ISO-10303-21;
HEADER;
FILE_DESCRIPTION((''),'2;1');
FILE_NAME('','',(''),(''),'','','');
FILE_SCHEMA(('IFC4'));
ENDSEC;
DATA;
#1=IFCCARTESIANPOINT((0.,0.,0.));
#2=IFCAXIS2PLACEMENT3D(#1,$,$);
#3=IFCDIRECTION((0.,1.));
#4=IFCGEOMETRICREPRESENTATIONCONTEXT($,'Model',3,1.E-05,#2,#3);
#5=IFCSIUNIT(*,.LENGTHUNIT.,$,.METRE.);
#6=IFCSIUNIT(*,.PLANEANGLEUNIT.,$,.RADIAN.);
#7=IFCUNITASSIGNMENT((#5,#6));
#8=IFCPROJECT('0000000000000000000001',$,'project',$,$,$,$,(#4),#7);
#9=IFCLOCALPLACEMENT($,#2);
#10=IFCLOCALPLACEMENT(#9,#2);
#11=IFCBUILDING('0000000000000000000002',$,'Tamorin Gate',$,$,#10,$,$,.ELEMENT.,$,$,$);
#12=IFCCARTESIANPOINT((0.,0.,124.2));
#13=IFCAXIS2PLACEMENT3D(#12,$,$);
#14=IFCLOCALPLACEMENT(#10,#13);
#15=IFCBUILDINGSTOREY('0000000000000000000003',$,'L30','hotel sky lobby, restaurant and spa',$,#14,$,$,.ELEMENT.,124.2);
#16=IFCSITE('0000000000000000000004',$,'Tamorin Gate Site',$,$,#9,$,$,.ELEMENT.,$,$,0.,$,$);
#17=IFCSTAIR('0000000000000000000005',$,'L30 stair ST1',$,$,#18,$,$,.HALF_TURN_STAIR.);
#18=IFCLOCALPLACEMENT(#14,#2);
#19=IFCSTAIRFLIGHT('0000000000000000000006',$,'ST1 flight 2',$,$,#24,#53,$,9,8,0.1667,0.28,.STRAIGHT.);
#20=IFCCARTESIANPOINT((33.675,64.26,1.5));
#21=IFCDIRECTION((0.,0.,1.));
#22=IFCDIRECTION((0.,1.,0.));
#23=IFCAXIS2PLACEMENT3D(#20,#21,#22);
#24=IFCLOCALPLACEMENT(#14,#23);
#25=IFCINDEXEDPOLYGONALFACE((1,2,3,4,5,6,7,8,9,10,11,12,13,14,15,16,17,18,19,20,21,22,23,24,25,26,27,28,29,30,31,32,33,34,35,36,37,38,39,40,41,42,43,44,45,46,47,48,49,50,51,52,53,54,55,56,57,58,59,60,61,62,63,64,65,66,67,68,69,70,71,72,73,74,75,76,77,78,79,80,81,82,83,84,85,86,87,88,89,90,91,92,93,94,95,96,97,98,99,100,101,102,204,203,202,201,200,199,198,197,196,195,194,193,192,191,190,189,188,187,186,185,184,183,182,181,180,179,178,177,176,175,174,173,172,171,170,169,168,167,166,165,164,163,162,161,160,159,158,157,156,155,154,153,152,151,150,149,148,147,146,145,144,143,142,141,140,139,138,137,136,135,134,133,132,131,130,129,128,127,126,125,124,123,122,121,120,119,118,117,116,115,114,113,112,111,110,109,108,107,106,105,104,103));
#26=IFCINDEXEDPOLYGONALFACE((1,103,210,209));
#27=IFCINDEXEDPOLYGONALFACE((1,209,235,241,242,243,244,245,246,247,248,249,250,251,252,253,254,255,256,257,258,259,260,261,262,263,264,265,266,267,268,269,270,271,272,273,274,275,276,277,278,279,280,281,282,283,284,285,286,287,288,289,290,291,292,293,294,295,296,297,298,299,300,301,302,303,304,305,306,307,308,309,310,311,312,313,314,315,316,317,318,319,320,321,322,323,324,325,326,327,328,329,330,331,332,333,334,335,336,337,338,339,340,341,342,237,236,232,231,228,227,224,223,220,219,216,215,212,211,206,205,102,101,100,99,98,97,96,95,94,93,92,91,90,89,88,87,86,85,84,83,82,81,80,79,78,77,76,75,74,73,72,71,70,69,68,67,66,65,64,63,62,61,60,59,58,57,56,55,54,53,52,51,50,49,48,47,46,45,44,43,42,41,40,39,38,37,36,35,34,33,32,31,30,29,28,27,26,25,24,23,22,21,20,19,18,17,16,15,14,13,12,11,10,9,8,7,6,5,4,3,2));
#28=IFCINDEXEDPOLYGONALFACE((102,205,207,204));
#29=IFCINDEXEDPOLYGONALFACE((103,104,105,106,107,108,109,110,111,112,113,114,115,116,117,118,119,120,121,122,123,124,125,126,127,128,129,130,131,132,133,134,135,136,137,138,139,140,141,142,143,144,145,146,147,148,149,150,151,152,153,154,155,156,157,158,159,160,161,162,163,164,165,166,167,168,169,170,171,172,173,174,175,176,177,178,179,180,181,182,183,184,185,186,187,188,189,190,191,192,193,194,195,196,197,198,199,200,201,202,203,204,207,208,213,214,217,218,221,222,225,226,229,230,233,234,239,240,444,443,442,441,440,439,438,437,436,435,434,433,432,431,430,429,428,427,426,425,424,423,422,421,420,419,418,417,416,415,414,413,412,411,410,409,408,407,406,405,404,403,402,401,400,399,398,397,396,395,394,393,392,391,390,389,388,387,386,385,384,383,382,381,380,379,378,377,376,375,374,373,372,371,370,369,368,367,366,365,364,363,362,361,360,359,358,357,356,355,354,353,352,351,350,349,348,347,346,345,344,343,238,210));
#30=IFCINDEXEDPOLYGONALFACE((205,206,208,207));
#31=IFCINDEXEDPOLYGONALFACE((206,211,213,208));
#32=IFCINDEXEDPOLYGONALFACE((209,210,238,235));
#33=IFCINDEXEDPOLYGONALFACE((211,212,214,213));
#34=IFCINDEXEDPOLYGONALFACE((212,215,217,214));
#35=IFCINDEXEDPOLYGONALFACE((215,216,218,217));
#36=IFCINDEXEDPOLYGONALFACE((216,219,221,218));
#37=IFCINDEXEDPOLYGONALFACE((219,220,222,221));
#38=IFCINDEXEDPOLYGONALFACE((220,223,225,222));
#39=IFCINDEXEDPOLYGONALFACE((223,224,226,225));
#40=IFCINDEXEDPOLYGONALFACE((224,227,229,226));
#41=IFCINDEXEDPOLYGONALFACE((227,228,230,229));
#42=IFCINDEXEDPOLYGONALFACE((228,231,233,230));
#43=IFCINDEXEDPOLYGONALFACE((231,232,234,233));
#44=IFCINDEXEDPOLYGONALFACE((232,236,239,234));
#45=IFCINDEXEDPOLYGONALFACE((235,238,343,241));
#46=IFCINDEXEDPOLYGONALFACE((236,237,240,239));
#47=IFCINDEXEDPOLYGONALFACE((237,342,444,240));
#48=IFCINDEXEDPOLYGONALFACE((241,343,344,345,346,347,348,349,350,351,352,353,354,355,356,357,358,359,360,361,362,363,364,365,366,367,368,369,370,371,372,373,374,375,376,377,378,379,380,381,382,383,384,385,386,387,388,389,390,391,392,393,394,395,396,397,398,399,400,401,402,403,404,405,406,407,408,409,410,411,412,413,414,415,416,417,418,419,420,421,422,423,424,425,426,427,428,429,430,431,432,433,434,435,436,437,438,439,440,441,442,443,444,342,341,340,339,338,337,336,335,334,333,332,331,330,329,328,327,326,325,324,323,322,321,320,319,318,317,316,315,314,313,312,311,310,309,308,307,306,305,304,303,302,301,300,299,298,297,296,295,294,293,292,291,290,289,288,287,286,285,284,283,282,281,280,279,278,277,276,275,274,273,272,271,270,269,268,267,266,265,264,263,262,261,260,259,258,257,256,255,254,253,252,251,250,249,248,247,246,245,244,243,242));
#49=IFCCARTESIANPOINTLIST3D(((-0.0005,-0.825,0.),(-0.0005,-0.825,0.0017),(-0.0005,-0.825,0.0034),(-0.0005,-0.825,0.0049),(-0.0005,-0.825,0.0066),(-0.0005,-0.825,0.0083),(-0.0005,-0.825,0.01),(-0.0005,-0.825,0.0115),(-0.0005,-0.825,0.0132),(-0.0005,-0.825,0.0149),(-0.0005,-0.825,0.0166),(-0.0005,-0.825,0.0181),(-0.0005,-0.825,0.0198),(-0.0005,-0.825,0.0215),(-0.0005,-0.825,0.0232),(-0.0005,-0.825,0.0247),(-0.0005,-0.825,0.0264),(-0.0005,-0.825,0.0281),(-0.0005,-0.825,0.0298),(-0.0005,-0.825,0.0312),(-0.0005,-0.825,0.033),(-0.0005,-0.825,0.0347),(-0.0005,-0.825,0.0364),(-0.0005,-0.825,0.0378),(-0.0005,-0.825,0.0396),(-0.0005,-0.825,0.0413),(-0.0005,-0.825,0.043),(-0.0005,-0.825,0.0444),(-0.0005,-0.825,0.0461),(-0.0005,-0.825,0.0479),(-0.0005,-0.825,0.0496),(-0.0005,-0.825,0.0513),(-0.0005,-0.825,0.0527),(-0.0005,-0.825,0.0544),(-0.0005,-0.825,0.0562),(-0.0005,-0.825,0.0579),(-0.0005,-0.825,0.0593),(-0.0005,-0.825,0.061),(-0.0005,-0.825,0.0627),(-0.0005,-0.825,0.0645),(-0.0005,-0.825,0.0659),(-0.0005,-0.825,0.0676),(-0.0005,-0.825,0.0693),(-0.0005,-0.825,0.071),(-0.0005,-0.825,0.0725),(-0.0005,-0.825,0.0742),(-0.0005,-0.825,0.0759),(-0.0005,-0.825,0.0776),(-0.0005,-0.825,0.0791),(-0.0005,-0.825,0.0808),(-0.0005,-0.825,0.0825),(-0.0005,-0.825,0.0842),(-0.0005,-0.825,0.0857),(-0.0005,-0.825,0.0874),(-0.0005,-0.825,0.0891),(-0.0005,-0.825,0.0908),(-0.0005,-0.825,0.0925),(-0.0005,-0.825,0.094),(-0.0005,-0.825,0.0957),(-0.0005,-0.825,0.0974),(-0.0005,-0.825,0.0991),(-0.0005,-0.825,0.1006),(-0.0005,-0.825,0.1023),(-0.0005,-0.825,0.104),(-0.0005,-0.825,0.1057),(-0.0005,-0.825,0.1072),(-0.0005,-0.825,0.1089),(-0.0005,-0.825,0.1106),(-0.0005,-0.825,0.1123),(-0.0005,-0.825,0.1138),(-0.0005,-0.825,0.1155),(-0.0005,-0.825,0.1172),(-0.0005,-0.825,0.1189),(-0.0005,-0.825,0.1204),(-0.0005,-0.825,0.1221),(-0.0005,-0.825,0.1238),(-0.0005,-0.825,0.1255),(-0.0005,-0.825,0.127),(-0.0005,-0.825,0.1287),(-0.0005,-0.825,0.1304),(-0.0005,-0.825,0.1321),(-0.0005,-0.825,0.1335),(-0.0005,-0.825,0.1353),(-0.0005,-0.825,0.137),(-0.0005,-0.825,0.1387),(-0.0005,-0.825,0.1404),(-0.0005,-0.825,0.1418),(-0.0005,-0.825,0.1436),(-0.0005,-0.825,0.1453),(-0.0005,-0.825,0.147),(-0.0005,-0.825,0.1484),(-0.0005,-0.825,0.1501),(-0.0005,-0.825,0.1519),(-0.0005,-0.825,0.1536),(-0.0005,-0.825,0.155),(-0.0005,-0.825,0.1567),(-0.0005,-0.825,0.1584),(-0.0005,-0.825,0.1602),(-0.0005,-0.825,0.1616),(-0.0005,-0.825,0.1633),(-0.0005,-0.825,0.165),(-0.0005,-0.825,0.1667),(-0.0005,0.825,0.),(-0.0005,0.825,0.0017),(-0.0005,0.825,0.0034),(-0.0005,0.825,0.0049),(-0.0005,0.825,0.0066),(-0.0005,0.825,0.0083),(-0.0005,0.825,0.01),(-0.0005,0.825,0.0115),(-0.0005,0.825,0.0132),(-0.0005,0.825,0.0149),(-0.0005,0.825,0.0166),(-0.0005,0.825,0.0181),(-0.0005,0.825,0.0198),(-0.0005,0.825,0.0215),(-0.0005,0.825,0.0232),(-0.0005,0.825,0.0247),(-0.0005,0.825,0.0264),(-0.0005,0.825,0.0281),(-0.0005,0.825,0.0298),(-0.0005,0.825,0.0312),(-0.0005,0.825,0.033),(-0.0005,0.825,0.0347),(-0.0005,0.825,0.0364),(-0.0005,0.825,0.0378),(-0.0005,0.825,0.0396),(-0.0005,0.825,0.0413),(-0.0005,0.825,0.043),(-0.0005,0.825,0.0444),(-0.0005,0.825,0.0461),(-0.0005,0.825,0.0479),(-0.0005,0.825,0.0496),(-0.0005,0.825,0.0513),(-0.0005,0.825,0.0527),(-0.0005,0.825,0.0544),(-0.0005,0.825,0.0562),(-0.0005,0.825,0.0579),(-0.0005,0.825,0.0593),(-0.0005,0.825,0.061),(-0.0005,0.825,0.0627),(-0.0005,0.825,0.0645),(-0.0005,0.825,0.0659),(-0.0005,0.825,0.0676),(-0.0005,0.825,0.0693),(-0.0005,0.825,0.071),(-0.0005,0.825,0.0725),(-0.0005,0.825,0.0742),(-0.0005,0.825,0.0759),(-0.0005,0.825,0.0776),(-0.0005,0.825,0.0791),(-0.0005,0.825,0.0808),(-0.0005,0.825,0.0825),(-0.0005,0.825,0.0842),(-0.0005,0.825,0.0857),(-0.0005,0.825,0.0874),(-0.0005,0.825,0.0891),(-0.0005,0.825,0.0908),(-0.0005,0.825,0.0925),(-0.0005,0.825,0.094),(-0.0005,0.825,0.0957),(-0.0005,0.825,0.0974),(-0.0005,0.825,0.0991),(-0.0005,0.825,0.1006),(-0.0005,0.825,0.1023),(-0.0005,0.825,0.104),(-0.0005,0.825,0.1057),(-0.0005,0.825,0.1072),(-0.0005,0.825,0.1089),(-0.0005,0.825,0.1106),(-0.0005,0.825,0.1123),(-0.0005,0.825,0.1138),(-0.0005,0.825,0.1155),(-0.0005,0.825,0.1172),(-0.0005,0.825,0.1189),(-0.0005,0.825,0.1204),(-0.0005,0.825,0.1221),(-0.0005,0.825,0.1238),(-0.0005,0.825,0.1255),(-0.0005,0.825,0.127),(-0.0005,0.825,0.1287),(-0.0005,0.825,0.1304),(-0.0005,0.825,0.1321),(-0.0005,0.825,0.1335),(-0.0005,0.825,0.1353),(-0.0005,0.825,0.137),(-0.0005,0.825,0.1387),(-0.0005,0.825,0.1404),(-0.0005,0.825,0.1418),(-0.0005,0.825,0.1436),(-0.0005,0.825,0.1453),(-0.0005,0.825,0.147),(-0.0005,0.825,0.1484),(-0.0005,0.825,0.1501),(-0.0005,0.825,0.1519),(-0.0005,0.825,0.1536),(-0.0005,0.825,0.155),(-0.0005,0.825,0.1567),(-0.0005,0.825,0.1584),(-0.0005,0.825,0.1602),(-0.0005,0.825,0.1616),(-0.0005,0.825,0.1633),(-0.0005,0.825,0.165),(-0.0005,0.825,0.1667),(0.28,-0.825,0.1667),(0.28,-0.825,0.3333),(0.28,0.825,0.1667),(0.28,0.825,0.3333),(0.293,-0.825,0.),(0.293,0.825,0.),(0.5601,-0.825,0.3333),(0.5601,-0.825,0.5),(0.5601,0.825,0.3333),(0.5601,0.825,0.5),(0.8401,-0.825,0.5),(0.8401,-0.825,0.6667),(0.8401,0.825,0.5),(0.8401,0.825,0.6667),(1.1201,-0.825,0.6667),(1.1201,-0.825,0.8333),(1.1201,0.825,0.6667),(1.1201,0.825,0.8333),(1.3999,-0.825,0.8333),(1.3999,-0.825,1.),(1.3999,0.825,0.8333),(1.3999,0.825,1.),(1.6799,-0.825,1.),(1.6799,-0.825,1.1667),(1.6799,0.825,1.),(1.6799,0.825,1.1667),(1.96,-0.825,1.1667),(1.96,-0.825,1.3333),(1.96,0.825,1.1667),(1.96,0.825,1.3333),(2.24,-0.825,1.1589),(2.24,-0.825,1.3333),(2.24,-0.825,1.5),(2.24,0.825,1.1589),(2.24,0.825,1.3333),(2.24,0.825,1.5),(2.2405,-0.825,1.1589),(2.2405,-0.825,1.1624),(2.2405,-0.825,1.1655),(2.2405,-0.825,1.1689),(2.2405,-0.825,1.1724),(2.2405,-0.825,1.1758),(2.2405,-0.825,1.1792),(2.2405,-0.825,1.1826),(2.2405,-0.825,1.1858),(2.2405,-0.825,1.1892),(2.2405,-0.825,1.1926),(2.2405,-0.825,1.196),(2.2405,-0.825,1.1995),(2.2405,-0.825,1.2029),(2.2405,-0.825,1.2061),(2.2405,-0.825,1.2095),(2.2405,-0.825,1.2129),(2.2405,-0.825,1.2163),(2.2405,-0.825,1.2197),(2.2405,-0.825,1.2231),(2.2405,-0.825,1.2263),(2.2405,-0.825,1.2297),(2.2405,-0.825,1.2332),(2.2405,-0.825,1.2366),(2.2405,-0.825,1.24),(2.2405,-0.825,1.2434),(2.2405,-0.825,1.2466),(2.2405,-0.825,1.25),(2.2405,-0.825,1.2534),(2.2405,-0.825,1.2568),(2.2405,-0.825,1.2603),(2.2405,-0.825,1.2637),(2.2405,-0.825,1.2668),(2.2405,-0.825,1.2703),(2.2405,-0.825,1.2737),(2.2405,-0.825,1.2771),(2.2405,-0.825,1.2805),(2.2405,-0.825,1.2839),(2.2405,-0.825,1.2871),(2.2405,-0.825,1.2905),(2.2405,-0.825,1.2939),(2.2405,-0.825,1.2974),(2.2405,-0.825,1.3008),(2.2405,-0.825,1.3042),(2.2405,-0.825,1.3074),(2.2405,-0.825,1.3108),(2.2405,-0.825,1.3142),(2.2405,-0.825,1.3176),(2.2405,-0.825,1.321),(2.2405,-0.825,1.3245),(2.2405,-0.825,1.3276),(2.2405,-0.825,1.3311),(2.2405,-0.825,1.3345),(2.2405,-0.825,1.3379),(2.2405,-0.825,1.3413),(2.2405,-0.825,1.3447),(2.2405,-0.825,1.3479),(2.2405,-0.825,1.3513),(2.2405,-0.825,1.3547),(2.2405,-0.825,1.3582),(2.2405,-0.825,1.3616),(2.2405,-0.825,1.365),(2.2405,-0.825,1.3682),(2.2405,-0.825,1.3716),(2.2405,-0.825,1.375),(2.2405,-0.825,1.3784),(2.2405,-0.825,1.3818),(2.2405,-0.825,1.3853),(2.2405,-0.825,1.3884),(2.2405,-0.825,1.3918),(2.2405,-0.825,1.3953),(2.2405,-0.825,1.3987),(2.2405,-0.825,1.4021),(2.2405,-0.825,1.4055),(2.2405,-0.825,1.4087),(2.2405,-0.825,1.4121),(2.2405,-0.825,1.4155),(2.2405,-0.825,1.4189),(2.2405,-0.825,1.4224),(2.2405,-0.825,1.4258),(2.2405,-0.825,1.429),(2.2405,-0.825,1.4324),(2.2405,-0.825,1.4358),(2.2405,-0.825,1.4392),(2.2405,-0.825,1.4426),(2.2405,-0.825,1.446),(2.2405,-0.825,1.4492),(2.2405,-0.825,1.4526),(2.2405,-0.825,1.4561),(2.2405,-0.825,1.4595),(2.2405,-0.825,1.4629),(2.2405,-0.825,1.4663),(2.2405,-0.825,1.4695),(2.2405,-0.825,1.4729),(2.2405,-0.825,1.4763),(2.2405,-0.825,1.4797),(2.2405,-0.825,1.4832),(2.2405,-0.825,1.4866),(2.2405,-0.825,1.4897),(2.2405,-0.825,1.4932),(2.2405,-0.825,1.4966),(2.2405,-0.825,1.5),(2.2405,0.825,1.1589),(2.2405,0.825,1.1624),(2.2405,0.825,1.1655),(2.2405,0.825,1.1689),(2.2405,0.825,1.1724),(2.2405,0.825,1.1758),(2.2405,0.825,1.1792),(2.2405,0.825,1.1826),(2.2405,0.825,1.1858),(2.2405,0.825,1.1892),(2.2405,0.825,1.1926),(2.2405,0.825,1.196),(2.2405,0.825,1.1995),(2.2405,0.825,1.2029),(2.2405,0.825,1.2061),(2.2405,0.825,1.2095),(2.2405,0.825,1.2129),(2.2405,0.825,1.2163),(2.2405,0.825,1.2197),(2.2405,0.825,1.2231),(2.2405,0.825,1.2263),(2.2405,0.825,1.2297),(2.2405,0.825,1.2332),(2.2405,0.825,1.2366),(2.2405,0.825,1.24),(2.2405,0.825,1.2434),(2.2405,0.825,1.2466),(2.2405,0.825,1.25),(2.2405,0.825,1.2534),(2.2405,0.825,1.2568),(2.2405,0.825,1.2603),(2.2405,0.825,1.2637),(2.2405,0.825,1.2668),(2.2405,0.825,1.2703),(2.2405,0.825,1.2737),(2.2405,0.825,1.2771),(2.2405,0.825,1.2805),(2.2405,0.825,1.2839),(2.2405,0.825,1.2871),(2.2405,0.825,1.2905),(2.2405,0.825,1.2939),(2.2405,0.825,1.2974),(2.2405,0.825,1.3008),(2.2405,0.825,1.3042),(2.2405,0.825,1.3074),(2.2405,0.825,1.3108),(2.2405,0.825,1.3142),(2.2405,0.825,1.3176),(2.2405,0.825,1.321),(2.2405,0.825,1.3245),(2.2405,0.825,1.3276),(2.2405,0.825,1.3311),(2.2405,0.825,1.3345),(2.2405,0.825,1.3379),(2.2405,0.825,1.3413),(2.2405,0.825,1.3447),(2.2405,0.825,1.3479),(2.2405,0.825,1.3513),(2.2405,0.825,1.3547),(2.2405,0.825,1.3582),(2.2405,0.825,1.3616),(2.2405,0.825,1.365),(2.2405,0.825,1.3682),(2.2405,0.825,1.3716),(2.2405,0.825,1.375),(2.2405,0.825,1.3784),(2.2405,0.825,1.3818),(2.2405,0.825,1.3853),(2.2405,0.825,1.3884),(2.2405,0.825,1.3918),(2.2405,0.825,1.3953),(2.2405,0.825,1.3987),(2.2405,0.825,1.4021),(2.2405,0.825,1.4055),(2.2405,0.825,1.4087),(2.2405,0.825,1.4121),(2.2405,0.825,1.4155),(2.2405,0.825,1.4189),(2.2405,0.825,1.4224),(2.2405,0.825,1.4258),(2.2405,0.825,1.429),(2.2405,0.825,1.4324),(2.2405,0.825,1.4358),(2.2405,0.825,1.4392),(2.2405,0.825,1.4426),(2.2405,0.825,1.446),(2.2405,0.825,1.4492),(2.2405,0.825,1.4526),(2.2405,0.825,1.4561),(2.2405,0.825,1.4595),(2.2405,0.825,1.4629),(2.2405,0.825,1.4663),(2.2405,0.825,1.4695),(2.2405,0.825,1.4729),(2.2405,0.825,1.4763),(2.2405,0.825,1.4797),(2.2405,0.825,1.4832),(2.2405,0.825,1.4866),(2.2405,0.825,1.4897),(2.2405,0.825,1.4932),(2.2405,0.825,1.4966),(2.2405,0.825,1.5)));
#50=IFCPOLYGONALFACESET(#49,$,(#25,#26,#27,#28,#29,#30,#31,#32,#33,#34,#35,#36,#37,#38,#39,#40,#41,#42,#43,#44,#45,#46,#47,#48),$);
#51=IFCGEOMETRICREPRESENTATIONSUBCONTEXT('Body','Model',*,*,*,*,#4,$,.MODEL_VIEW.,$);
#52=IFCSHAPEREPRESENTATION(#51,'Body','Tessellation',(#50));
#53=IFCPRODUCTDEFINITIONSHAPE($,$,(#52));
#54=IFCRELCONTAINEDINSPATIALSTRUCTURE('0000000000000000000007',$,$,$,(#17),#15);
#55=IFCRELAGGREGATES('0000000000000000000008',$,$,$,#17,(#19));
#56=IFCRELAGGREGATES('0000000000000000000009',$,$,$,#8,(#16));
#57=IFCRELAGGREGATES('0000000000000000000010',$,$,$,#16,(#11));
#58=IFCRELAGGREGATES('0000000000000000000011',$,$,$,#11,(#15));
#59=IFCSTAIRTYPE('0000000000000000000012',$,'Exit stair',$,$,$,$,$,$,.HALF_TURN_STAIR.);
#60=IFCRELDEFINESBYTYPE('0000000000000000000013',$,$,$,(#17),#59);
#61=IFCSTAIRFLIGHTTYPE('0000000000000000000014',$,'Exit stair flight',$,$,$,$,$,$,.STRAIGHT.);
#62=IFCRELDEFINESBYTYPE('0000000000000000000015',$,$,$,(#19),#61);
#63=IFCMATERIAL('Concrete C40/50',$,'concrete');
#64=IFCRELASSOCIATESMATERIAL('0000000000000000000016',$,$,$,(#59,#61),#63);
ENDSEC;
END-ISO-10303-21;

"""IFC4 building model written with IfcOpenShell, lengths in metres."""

from ifc_helpers import new_model, si_unit, direction, frame, origin, place, context, subcontext, project, spatial, polyline, outline, extrude, material, type_object, element, aggregate, save


model = new_model("IFC4")

# Units and contexts
model_context = context("Model", 3, precision=1e-05, world=origin(), true_north=direction((0.0, 1.0)))
body_context = subcontext(model_context, "Body", "Model", "MODEL_VIEW")
ifc_project = project(units=[si_unit("LENGTHUNIT", "METRE"), si_unit("PLANEANGLEUNIT", "RADIAN")], contexts=[model_context])

# Site, building, storey
site_placement = place(None, origin())
site = spatial("IfcSite", under=ifc_project, at=site_placement, Name="Tamorin Gate Site", CompositionType="ELEMENT", RefElevation=0.0)
building_placement = place(site_placement, origin())
building = spatial("IfcBuilding", under=site, at=building_placement, Name="Tamorin Gate", CompositionType="ELEMENT")
storey_placement = place(building_placement, frame((0.0, 0.0, 124.2)))
storey = spatial("IfcBuildingStorey", under=building, at=storey_placement, Name="L30", Description="hotel sky lobby, restaurant and spa", CompositionType="ELEMENT", Elevation=124.2)

# Shared definitions
ifc_material_1 = material(Name="Concrete C40/50", Category="concrete")

# Stair, stair flight
stair_type = type_object("IfcStairType", Name="Exit stair", PredefinedType="HALF_TURN_STAIR", material=ifc_material_1)
stair_1_placement = place(storey_placement, origin())
stair_1 = element("IfcStair", 1, at=stair_1_placement, inside=storey, type_object=stair_type, Name="L30 stair ST1", PredefinedType="HALF_TURN_STAIR")
stair_flight_type = type_object("IfcStairFlightType", Name="Exit stair flight", PredefinedType="STRAIGHT", material=ifc_material_1)
stair_flight_1_placement = place(storey_placement, frame((33.675, 64.26, 1.5), z_axis=(0.0, 0.0, 1.0), x_axis=(0.0, 1.0, 0.0)))
stair_flight_1 = element("IfcStairFlight", 2, at=stair_flight_1_placement, type_object=stair_flight_type, Name="ST1 flight 2", NumberOfRisers=9, NumberOfTreads=8, PredefinedType="STRAIGHT", RiserHeight=0.1667, TreadLength=0.28, context=body_context, shape_type="SweptSolid", body=[
    extrude(outline(polyline([(-0.0005, 0.0), (-0.0005, 0.0017), (-0.0005, 0.0034), (-0.0005, 0.0049), (-0.0005, 0.0066), (-0.0005, 0.0083), (-0.0005, 0.01), (-0.0005, 0.0115), (-0.0005, 0.0132), (-0.0005, 0.0149), (-0.0005, 0.0166), (-0.0005, 0.0181), (-0.0005, 0.0198), (-0.0005, 0.0215), (-0.0005, 0.0232), (-0.0005, 0.0247), (-0.0005, 0.0264), (-0.0005, 0.0281), (-0.0005, 0.0298), (-0.0005, 0.0312), (-0.0005, 0.033), (-0.0005, 0.0347), (-0.0005, 0.0364), (-0.0005, 0.0378), (-0.0005, 0.0396), (-0.0005, 0.0413), (-0.0005, 0.043), (-0.0005, 0.0444), (-0.0005, 0.0461), (-0.0005, 0.0479), (-0.0005, 0.0496), (-0.0005, 0.0513), (-0.0005, 0.0527), (-0.0005, 0.0544), (-0.0005, 0.0562), (-0.0005, 0.0579), (-0.0005, 0.0593), (-0.0005, 0.061), (-0.0005, 0.0627), (-0.0005, 0.0645), (-0.0005, 0.0659), (-0.0005, 0.0676), (-0.0005, 0.0693), (-0.0005, 0.071), (-0.0005, 0.0725), (-0.0005, 0.0742), (-0.0005, 0.0759), (-0.0005, 0.0776), (-0.0005, 0.0791), (-0.0005, 0.0808), (-0.0005, 0.0825), (-0.0005, 0.0842), (-0.0005, 0.0857), (-0.0005, 0.0874), (-0.0005, 0.0891), (-0.0005, 0.0908), (-0.0005, 0.0925), (-0.0005, 0.094), (-0.0005, 0.0957), (-0.0005, 0.0974), (-0.0005, 0.0991), (-0.0005, 0.1006), (-0.0005, 0.1023), (-0.0005, 0.104), (-0.0005, 0.1057), (-0.0005, 0.1072), (-0.0005, 0.1089), (-0.0005, 0.1106), (-0.0005, 0.1123), (-0.0005, 0.1138), (-0.0005, 0.1155), (-0.0005, 0.1172), (-0.0005, 0.1189), (-0.0005, 0.1204), (-0.0005, 0.1221), (-0.0005, 0.1238), (-0.0005, 0.1255), (-0.0005, 0.127), (-0.0005, 0.1287), (-0.0005, 0.1304), (-0.0005, 0.1321), (-0.0005, 0.1335), (-0.0005, 0.1353), (-0.0005, 0.137), (-0.0005, 0.1387), (-0.0005, 0.1404), (-0.0005, 0.1418), (-0.0005, 0.1436), (-0.0005, 0.1453), (-0.0005, 0.147), (-0.0005, 0.1484), (-0.0005, 0.1501), (-0.0005, 0.1519), (-0.0005, 0.1536), (-0.0005, 0.155), (-0.0005, 0.1567), (-0.0005, 0.1584), (-0.0005, 0.1602), (-0.0005, 0.1616), (-0.0005, 0.1633), (-0.0005, 0.165), (-0.0005, 0.1667), (0.28, 0.1667), (0.28, 0.3333), (0.5601, 0.3333), (0.5601, 0.5), (0.8401, 0.5), (0.8401, 0.6667), (1.1201, 0.6667), (1.1201, 0.8333), (1.3999, 0.8333), (1.3999, 1.0), (1.6799, 1.0), (1.6799, 1.1667), (1.96, 1.1667), (1.96, 1.3333), (2.24, 1.3333), (2.24, 1.5), (2.2405, 1.5), (2.2405, 1.4966), (2.2405, 1.4932), (2.2405, 1.4897), (2.2405, 1.4866), (2.2405, 1.4832), (2.2405, 1.4797), (2.2405, 1.4763), (2.2405, 1.4729), (2.2405, 1.4695), (2.2405, 1.4663), (2.2405, 1.4629), (2.2405, 1.4595), (2.2405, 1.4561), (2.2405, 1.4526), (2.2405, 1.4492), (2.2405, 1.446), (2.2405, 1.4426), (2.2405, 1.4392), (2.2405, 1.4358), (2.2405, 1.4324), (2.2405, 1.429), (2.2405, 1.4258), (2.2405, 1.4224), (2.2405, 1.4189), (2.2405, 1.4155), (2.2405, 1.4121), (2.2405, 1.4087), (2.2405, 1.4055), (2.2405, 1.4021), (2.2405, 1.3987), (2.2405, 1.3953), (2.2405, 1.3918), (2.2405, 1.3884), (2.2405, 1.3853), (2.2405, 1.3818), (2.2405, 1.3784), (2.2405, 1.375), (2.2405, 1.3716), (2.2405, 1.3682), (2.2405, 1.365), (2.2405, 1.3616), (2.2405, 1.3582), (2.2405, 1.3547), (2.2405, 1.3513), (2.2405, 1.3479), (2.2405, 1.3447), (2.2405, 1.3413), (2.2405, 1.3379), (2.2405, 1.3345), (2.2405, 1.3311), (2.2405, 1.3276), (2.2405, 1.3245), (2.2405, 1.321), (2.2405, 1.3176), (2.2405, 1.3142), (2.2405, 1.3108), (2.2405, 1.3074), (2.2405, 1.3042), (2.2405, 1.3008), (2.2405, 1.2974), (2.2405, 1.2939), (2.2405, 1.2905), (2.2405, 1.2871), (2.2405, 1.2839), (2.2405, 1.2805), (2.2405, 1.2771), (2.2405, 1.2737), (2.2405, 1.2703), (2.2405, 1.2668), (2.2405, 1.2637), (2.2405, 1.2603), (2.2405, 1.2568), (2.2405, 1.2534), (2.2405, 1.25), (2.2405, 1.2466), (2.2405, 1.2434), (2.2405, 1.24), (2.2405, 1.2366), (2.2405, 1.2332), (2.2405, 1.2297), (2.2405, 1.2263), (2.2405, 1.2231), (2.2405, 1.2197), (2.2405, 1.2163), (2.2405, 1.2129), (2.2405, 1.2095), (2.2405, 1.2061), (2.2405, 1.2029), (2.2405, 1.1995), (2.2405, 1.196), (2.2405, 1.1926), (2.2405, 1.1892), (2.2405, 1.1858), (2.2405, 1.1826), (2.2405, 1.1792), (2.2405, 1.1758), (2.2405, 1.1724), (2.2405, 1.1689), (2.2405, 1.1655), (2.2405, 1.1624), (2.2405, 1.1589), (2.24, 1.1589), (0.293, 0.0), (-0.0005, 0.0)])), frame((0.0, 0.825, 0.0), z_axis=(0.0, -1.0, 0.0), x_axis=(1.0, 0.0, 0.0)), (0.0, 0.0, 1.0), 1.6499),
])
aggregate(stair_1, [stair_flight_1])

save(model, "model.ifc")
